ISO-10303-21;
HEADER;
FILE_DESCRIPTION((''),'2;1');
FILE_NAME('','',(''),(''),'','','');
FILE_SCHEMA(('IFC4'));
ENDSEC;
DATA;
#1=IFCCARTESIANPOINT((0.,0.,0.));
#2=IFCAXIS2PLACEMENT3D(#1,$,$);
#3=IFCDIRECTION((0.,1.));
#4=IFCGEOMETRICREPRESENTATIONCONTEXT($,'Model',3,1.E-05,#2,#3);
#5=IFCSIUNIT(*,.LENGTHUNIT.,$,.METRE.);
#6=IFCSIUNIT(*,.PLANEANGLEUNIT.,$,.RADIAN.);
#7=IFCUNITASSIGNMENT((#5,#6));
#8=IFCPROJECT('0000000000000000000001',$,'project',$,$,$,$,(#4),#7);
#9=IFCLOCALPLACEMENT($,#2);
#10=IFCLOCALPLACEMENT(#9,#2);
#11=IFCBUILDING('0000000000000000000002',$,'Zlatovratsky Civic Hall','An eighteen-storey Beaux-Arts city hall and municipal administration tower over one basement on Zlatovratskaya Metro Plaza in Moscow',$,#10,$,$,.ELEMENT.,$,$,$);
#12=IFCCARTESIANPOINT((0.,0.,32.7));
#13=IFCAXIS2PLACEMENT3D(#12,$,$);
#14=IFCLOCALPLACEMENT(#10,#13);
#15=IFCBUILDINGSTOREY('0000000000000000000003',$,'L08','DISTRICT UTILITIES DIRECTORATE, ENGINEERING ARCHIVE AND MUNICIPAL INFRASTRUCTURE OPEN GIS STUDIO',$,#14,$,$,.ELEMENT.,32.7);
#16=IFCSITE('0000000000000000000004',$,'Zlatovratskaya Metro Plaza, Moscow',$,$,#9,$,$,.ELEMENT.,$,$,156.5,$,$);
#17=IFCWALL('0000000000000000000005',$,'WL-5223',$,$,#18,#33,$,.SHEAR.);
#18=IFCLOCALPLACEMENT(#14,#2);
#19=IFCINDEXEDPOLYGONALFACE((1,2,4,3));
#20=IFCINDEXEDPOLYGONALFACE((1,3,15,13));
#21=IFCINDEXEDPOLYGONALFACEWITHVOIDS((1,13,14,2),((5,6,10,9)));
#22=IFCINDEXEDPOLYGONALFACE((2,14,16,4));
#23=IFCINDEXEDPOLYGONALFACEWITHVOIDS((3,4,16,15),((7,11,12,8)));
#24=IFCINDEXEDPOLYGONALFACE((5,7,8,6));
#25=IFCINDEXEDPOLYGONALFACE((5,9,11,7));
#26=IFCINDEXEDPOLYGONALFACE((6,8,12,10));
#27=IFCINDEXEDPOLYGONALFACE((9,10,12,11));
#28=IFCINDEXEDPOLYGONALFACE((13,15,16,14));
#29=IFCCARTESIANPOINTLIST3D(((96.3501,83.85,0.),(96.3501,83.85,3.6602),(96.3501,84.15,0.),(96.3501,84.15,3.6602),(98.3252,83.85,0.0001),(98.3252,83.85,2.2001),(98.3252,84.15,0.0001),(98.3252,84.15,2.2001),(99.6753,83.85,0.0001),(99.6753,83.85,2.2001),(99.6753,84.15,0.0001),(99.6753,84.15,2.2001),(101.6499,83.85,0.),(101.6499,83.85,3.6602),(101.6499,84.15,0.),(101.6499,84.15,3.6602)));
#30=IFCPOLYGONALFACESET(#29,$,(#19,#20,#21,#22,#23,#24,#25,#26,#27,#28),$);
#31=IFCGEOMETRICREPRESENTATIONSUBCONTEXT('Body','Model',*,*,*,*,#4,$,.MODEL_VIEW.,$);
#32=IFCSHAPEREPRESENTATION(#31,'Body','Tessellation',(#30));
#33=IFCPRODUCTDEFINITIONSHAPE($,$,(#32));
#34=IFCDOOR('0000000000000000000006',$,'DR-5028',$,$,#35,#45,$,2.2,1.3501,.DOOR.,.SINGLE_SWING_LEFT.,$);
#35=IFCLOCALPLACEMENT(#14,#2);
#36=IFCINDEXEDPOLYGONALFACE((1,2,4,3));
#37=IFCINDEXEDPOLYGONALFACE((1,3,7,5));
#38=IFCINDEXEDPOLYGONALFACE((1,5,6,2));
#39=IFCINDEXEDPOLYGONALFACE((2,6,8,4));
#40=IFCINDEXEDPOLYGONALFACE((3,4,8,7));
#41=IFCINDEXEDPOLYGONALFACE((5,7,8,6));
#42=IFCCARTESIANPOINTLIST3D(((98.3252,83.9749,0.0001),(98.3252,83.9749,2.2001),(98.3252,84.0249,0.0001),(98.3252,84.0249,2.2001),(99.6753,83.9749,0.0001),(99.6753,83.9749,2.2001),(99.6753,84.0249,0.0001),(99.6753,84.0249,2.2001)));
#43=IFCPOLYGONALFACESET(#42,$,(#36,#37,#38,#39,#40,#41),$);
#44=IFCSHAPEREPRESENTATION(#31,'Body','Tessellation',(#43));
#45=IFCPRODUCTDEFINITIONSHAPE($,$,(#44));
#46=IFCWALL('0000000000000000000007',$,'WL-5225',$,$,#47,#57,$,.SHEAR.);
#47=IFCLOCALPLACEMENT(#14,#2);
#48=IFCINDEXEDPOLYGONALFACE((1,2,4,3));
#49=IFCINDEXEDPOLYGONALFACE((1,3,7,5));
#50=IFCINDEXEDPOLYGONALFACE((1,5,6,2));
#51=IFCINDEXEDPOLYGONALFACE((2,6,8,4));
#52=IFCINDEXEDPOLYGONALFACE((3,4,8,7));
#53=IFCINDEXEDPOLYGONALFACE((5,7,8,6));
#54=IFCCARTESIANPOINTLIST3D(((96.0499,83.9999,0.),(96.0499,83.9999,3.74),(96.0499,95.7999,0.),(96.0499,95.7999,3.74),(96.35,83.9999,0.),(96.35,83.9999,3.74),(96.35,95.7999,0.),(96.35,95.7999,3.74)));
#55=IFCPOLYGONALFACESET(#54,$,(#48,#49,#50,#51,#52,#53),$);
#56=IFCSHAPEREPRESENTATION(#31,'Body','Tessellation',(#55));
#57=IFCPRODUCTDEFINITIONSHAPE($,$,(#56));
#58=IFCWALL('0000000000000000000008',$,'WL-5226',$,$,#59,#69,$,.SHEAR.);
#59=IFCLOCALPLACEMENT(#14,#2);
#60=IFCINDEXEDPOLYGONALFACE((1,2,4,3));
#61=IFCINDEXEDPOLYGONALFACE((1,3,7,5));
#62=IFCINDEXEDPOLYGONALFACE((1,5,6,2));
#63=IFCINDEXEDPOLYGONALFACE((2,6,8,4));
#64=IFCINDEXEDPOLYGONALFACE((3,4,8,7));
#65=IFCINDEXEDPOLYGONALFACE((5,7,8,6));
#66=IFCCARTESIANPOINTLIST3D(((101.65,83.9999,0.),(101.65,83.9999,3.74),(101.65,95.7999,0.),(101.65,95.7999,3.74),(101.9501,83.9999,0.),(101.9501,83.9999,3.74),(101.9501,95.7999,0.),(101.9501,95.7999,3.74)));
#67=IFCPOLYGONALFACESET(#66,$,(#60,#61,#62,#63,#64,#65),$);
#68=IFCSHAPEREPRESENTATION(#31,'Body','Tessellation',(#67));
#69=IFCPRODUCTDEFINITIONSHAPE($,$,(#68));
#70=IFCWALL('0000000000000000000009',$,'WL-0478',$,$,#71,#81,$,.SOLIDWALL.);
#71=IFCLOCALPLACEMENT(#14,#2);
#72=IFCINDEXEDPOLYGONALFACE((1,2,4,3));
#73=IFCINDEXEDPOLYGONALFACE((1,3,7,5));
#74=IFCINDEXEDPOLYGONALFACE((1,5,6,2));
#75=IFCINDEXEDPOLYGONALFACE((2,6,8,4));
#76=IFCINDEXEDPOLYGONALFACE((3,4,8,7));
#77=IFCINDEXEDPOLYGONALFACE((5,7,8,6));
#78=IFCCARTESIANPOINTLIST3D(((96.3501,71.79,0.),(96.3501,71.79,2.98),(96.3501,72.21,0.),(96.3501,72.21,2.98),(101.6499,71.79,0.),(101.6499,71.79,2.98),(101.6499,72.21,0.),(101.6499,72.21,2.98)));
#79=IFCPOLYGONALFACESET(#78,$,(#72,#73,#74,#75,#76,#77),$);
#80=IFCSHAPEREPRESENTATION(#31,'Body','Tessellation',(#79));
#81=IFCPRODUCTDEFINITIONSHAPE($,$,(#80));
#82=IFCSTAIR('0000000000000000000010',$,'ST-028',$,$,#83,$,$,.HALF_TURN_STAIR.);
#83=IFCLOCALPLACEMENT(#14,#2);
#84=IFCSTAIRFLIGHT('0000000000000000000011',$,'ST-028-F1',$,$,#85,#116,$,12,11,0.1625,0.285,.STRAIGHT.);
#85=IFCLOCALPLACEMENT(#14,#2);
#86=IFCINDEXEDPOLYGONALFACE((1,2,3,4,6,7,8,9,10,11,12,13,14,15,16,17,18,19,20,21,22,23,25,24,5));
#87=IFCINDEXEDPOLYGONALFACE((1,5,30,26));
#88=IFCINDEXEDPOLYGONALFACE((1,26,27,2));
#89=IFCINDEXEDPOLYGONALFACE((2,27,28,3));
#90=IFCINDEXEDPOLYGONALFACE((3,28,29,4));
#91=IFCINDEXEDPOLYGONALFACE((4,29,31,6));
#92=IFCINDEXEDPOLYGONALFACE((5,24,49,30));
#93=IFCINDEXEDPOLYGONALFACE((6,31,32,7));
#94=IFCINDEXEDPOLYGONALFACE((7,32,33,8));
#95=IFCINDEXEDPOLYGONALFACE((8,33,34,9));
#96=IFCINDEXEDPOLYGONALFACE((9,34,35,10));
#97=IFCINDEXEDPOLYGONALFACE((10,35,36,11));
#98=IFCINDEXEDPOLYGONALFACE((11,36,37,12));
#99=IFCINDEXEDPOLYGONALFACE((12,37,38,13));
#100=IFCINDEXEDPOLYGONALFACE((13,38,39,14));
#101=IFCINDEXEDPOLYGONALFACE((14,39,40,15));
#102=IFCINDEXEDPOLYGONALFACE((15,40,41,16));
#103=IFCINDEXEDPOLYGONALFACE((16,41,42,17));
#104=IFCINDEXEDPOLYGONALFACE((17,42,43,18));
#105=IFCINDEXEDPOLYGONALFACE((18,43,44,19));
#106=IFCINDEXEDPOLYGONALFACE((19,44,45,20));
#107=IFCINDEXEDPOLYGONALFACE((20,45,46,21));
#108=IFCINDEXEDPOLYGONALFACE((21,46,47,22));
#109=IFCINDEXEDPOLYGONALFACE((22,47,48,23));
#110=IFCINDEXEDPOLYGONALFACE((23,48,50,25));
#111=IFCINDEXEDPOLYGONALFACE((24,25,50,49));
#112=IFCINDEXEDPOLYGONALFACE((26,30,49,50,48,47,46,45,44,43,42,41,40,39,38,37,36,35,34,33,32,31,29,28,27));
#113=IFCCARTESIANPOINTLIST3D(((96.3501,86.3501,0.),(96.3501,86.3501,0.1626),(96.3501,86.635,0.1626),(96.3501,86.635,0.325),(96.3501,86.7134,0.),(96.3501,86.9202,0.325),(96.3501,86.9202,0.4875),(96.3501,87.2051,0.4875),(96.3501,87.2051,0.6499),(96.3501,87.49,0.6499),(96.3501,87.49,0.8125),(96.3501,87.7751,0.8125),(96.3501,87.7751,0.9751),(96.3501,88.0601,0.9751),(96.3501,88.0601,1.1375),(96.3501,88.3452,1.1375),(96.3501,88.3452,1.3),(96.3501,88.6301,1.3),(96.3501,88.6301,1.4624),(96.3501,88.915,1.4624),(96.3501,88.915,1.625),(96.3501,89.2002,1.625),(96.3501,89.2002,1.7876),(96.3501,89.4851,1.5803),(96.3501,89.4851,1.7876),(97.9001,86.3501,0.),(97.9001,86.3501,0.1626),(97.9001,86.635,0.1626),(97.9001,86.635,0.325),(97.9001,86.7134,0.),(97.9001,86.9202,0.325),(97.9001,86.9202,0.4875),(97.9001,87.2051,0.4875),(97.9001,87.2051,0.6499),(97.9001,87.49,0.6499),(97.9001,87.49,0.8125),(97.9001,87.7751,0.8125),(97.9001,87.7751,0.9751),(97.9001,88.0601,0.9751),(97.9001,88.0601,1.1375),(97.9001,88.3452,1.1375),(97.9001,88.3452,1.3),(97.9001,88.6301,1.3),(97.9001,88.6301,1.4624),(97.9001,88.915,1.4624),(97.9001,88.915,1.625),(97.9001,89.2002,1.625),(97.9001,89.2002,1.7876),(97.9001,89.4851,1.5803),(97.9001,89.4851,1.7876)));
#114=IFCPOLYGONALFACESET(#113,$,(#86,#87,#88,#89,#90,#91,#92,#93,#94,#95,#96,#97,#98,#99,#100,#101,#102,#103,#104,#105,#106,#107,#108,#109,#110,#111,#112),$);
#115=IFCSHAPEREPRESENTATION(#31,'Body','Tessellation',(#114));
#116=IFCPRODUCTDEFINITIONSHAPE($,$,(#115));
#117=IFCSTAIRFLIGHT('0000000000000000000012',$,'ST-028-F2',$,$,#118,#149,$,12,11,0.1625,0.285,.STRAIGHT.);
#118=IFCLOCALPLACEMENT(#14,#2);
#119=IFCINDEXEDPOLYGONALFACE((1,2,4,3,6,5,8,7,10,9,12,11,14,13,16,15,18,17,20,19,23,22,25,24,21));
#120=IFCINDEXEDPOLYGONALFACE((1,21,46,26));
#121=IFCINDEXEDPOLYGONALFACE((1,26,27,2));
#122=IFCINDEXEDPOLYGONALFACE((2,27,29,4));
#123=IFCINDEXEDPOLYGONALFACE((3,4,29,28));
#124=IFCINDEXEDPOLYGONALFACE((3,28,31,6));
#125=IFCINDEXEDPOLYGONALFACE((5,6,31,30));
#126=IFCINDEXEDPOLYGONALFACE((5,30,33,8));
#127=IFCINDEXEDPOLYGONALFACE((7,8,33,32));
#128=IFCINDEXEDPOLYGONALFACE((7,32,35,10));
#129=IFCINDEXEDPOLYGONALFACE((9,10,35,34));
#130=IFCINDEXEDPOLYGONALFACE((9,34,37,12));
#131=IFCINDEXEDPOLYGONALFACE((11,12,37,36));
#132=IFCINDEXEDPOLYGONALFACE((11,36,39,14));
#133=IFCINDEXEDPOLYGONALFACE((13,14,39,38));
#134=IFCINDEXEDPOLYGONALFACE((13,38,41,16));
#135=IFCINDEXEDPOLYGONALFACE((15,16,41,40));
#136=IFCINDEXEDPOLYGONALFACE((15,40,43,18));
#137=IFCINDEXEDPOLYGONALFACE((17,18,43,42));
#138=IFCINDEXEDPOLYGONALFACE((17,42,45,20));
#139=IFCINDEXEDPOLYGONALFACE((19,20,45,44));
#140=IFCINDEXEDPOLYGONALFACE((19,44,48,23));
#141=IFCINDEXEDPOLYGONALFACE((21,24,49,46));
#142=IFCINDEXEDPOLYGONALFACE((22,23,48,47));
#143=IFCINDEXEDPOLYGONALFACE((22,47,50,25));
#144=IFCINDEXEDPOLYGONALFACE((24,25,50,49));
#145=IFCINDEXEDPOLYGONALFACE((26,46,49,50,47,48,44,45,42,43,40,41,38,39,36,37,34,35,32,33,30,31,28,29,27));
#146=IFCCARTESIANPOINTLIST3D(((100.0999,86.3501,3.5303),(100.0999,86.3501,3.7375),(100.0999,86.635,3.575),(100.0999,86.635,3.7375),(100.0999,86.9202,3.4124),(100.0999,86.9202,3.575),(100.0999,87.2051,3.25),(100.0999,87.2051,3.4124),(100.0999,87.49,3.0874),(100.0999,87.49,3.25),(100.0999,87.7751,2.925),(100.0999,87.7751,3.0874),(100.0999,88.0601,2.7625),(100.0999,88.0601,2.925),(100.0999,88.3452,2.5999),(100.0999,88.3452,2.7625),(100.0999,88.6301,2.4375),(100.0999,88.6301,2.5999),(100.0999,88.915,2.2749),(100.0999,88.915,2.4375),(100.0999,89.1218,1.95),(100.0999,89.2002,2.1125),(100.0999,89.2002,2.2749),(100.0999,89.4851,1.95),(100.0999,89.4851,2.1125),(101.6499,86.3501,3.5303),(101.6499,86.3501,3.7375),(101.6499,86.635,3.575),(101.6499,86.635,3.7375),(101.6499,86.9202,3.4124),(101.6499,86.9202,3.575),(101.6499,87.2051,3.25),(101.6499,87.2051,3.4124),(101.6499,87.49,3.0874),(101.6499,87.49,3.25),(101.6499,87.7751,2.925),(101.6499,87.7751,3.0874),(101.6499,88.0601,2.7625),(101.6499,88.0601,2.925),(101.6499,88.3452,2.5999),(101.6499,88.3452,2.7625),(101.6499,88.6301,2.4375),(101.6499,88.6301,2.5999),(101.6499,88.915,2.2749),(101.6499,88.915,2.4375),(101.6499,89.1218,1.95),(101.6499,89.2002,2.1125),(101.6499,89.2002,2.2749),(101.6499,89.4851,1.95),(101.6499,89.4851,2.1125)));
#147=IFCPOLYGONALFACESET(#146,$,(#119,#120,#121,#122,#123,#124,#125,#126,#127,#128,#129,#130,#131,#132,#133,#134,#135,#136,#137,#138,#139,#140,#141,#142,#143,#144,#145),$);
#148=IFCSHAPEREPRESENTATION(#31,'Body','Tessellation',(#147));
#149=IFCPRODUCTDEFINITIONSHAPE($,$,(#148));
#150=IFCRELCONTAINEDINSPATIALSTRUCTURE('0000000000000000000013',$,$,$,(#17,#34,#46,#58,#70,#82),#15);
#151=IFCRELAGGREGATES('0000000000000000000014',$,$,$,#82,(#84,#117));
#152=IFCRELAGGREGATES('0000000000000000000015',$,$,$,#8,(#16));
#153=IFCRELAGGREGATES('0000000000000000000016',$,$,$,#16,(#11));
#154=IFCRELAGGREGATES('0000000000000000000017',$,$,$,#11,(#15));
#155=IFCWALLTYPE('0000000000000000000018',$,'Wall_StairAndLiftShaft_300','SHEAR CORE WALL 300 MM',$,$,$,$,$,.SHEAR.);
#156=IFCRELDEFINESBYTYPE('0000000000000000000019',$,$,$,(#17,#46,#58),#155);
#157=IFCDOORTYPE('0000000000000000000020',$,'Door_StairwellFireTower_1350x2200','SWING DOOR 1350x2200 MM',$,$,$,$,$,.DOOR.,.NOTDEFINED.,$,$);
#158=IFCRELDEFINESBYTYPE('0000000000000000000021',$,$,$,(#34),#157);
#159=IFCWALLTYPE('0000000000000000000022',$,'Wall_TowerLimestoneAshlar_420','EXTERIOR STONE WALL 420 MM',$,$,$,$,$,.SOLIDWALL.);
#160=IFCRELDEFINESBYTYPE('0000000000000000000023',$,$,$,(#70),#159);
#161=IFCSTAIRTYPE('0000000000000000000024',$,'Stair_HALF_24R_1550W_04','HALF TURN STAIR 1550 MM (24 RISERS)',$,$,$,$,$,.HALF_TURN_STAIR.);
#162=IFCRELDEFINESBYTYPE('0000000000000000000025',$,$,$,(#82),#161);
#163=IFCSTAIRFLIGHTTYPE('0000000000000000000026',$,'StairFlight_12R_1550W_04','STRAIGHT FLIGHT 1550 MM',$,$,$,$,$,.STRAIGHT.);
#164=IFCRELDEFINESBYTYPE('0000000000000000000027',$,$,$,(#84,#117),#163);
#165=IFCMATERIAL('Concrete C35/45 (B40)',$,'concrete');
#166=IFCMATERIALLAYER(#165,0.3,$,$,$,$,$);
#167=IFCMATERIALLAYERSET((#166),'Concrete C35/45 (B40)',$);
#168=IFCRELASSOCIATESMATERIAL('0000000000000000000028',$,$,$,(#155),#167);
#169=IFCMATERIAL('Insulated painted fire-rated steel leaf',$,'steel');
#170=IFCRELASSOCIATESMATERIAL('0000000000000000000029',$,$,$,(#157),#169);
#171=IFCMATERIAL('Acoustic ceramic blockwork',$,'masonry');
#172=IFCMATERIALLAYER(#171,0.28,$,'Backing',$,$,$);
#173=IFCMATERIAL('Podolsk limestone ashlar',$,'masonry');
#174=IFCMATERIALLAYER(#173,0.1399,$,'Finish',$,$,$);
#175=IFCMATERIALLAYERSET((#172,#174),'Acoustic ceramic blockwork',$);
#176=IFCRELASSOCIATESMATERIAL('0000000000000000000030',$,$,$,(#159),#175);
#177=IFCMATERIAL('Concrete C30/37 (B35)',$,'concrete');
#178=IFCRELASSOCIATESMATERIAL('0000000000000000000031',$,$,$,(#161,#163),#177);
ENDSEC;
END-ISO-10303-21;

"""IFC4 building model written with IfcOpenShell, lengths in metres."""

from ifc_helpers import new_model, si_unit, direction, frame, frame_2d, origin, place, context, subcontext, project, spatial, polyline, rectangle, outline, extrude, material, layer, layer_set, type_object, element, fill, aggregate, save


model = new_model("IFC4")

# Units and contexts
model_context = context("Model", 3, precision=1e-05, world=origin(), true_north=direction((0.0, 1.0)))
body_context = subcontext(model_context, "Body", "Model", "MODEL_VIEW")
ifc_project = project(units=[si_unit("LENGTHUNIT", "METRE"), si_unit("PLANEANGLEUNIT", "RADIAN")], contexts=[model_context])

# Site, building, storey
site_placement = place(None, origin())
site = spatial("IfcSite", under=ifc_project, at=site_placement, Name="Zlatovratskaya Metro Plaza, Moscow", CompositionType="ELEMENT", RefElevation=156.5)
building_placement = place(site_placement, origin())
building = spatial("IfcBuilding", under=site, at=building_placement, Name="Zlatovratsky Civic Hall", Description="An eighteen-storey Beaux-Arts city hall and municipal administration tower over one basement on Zlatovratskaya Metro Plaza in Moscow", CompositionType="ELEMENT")
storey_placement = place(building_placement, frame((0.0, 0.0, 32.7)))
storey = spatial("IfcBuildingStorey", under=building, at=storey_placement, Name="L08", Description="DISTRICT UTILITIES DIRECTORATE, ENGINEERING ARCHIVE AND MUNICIPAL INFRASTRUCTURE OPEN GIS STUDIO", CompositionType="ELEMENT", Elevation=32.7)

# Shared definitions
ifc_material_1 = material(Name="Concrete C35/45 (B40)", Category="concrete")

# Wall, opening, door
ifc_material_2 = material(Name="Acoustic ceramic blockwork", Category="masonry")
ifc_material_3 = material(Name="Insulated painted fire-rated steel leaf", Category="steel")
ifc_layer_1 = layer(ifc_material_1, 0.3)
ifc_layer_set_1 = layer_set([ifc_layer_1], Name="Concrete C35/45 (B40)")
wall_type_1 = type_object("IfcWallType", Name="Wall_StairAndLiftShaft_300", Description="SHEAR CORE WALL 300 MM", PredefinedType="SHEAR", material=ifc_layer_set_1)
wall_1_placement = place(storey_placement, frame((96.3501, 84.0, 0.0), z_axis=(0.0, 0.0, 1.0), x_axis=(1.0, 0.0, 0.0)))
wall_1 = element("IfcWall", 1, at=wall_1_placement, inside=storey, type_object=wall_type_1, Name="WL-5223", PredefinedType="SHEAR", context=body_context, shape_type="SweptSolid", body=[
    extrude(rectangle(XDim=5.2998, YDim=0.3, at=frame_2d((2.6499, 0.0))), origin(), (0.0, 0.0, 1.0), 3.6602),
])
opening_1_placement = place(wall_1_placement, frame((1.9751, 0.0, 0.0)))
opening_1 = element("IfcOpeningElement", 2, at=opening_1_placement, cuts=wall_1, PredefinedType="OPENING", context=body_context, shape_type="SweptSolid", body=[
    extrude(rectangle(XDim=1.3501, YDim=2.2, at=frame_2d((0.675, 1.1001))), frame((0.0, 0.165, 0.0), z_axis=(0.0, -1.0, 0.0), x_axis=(1.0, 0.0, 0.0)), (0.0, 0.0, 1.0), 0.3298),
])
door_type_1 = type_object("IfcDoorType", Name="Door_StairwellFireTower_1350x2200", Description="SWING DOOR 1350x2200 MM", OperationType="NOTDEFINED", PredefinedType="DOOR", material=ifc_material_3)
door_1_placement = place(opening_1_placement, origin())
door_1 = element("IfcDoor", 3, at=door_1_placement, inside=storey, type_object=door_type_1, Name="DR-5028", OperationType="SINGLE_SWING_LEFT", OverallHeight=2.2, OverallWidth=1.3501, PredefinedType="DOOR", context=body_context, shape_type="SweptSolid", body=[
    extrude(rectangle(XDim=1.3501, YDim=2.2, at=frame_2d((0.675, 1.1001))), frame((0.0, 0.0249, 0.0), z_axis=(0.0, -1.0, 0.0), x_axis=(1.0, 0.0, 0.0)), (0.0, 0.0, 1.0), 0.05),
])
fill(opening_1, door_1)

# Walls
for number, where, z_axis, x_axis, name in (
    (4, (96.2, 84.0, 0.0), (0.0, 0.0, 1.0), (0.0, 1.0, 0.0), "WL-5225"),
    (5, (101.8, 84.0, 0.0), (0.0, 0.0, 1.0), (0.0, 1.0, 0.0), "WL-5226"),
):
    element("IfcWall", number, at=place(storey_placement, frame(where, z_axis=z_axis, x_axis=x_axis)), inside=storey, type_object=wall_type_1, Name=name, PredefinedType="SHEAR", context=body_context, shape_type="SweptSolid", body=[
        extrude(rectangle(XDim=11.8, YDim=0.3, at=frame_2d((5.8999, 0.0))), origin(), (0.0, 0.0, 1.0), 3.74),
    ])
ifc_layer_2 = layer(ifc_material_2, 0.28, Name="Backing")
ifc_material_4 = material(Name="Podolsk limestone ashlar", Category="masonry")
ifc_layer_3 = layer(ifc_material_4, 0.1399, Name="Finish")
ifc_layer_set_2 = layer_set([ifc_layer_2, ifc_layer_3], Name="Acoustic ceramic blockwork")
wall_type_2 = type_object("IfcWallType", Name="Wall_TowerLimestoneAshlar_420", Description="EXTERIOR STONE WALL 420 MM", PredefinedType="SOLIDWALL", material=ifc_layer_set_2)
wall_2_placement = place(storey_placement, frame((96.3501, 72.0, 0.0), z_axis=(0.0, 0.0, 1.0), x_axis=(1.0, 0.0, 0.0)))
element("IfcWall", 6, at=wall_2_placement, inside=storey, type_object=wall_type_2, Name="WL-0478", PredefinedType="SOLIDWALL", context=body_context, shape_type="SweptSolid", body=[
    extrude(rectangle(XDim=5.2998, YDim=0.4199, at=frame_2d((2.6499, 0.0))), origin(), (0.0, 0.0, 1.0), 2.98),
])

# Stair, stair flights
ifc_material_5 = material(Name="Concrete C30/37 (B35)", Category="concrete")
stair_type = type_object("IfcStairType", Name="Stair_HALF_24R_1550W_04", Description="HALF TURN STAIR 1550 MM (24 RISERS)", PredefinedType="HALF_TURN_STAIR", material=ifc_material_5)
stair_placement = place(storey_placement, origin())
stair = element("IfcStair", 7, at=stair_placement, inside=storey, type_object=stair_type, Name="ST-028", PredefinedType="HALF_TURN_STAIR")
stair_flight_type = type_object("IfcStairFlightType", Name="StairFlight_12R_1550W_04", Description="STRAIGHT FLIGHT 1550 MM", PredefinedType="STRAIGHT", material=ifc_material_5)
stair_flight_1_placement = place(storey_placement, frame((97.125, 86.3501, 0.0), z_axis=(0.0, 0.0, 1.0), x_axis=(0.0, 1.0, 0.0)))
stair_flight_1 = element("IfcStairFlight", 8, at=stair_flight_1_placement, type_object=stair_flight_type, Name="ST-028-F1", NumberOfRisers=12, NumberOfTreads=11, PredefinedType="STRAIGHT", RiserHeight=0.1625, TreadLength=0.285, context=body_context, shape_type="SweptSolid", body=[
    extrude(outline(polyline([(0.0, 0.0), (0.0, 0.1626), (0.2849, 0.1626), (0.2849, 0.325), (0.5701, 0.325), (0.5701, 0.4875), (0.855, 0.4875), (0.855, 0.6499), (1.1399, 0.6499), (1.1399, 0.8125), (1.425, 0.8125), (1.425, 0.9751), (1.71, 0.9751), (1.71, 1.1375), (1.9951, 1.1375), (1.9951, 1.3), (2.28, 1.3), (2.28, 1.4624), (2.5649, 1.4624), (2.5649, 1.625), (2.8501, 1.625), (2.8501, 1.7876), (3.135, 1.7876), (3.135, 1.95), (3.135, 1.5803), (0.3633, 0.0), (0.0, 0.0)])), frame((0.0, 0.7749, 0.0), z_axis=(0.0, -1.0, 0.0), x_axis=(1.0, 0.0, 0.0)), (0.0, 0.0, 1.0), 1.55),
])
stair_flight_2_placement = place(storey_placement, frame((100.875, 89.4851, 1.95), z_axis=(0.0, 0.0, 1.0), x_axis=(0.0, -1.0, 0.0)))
stair_flight_2 = element("IfcStairFlight", 9, at=stair_flight_2_placement, type_object=stair_flight_type, Name="ST-028-F2", NumberOfRisers=12, NumberOfTreads=11, PredefinedType="STRAIGHT", RiserHeight=0.1625, TreadLength=0.285, context=body_context, shape_type="SweptSolid", body=[
    extrude(outline(polyline([(0.0, 0.0), (0.0, 0.1626), (0.2849, 0.1626), (0.2849, 0.325), (0.5701, 0.325), (0.5701, 0.4875), (0.855, 0.4875), (0.855, 0.6499), (1.1399, 0.6499), (1.1399, 0.8125), (1.425, 0.8125), (1.425, 0.9751), (1.71, 0.9751), (1.71, 1.1375), (1.9951, 1.1375), (1.9951, 1.3), (2.28, 1.3), (2.28, 1.4624), (2.5649, 1.4624), (2.5649, 1.625), (2.8501, 1.625), (2.8501, 1.7876), (3.135, 1.7876), (3.135, 1.95), (3.135, 1.5803), (0.3633, 0.0), (0.0, 0.0)])), frame((0.0, 0.7749, 0.0), z_axis=(0.0, -1.0, 0.0), x_axis=(1.0, 0.0, 0.0)), (0.0, 0.0, 1.0), 1.55),
])
aggregate(stair, [stair_flight_1, stair_flight_2])

save(model, "model.ifc")
